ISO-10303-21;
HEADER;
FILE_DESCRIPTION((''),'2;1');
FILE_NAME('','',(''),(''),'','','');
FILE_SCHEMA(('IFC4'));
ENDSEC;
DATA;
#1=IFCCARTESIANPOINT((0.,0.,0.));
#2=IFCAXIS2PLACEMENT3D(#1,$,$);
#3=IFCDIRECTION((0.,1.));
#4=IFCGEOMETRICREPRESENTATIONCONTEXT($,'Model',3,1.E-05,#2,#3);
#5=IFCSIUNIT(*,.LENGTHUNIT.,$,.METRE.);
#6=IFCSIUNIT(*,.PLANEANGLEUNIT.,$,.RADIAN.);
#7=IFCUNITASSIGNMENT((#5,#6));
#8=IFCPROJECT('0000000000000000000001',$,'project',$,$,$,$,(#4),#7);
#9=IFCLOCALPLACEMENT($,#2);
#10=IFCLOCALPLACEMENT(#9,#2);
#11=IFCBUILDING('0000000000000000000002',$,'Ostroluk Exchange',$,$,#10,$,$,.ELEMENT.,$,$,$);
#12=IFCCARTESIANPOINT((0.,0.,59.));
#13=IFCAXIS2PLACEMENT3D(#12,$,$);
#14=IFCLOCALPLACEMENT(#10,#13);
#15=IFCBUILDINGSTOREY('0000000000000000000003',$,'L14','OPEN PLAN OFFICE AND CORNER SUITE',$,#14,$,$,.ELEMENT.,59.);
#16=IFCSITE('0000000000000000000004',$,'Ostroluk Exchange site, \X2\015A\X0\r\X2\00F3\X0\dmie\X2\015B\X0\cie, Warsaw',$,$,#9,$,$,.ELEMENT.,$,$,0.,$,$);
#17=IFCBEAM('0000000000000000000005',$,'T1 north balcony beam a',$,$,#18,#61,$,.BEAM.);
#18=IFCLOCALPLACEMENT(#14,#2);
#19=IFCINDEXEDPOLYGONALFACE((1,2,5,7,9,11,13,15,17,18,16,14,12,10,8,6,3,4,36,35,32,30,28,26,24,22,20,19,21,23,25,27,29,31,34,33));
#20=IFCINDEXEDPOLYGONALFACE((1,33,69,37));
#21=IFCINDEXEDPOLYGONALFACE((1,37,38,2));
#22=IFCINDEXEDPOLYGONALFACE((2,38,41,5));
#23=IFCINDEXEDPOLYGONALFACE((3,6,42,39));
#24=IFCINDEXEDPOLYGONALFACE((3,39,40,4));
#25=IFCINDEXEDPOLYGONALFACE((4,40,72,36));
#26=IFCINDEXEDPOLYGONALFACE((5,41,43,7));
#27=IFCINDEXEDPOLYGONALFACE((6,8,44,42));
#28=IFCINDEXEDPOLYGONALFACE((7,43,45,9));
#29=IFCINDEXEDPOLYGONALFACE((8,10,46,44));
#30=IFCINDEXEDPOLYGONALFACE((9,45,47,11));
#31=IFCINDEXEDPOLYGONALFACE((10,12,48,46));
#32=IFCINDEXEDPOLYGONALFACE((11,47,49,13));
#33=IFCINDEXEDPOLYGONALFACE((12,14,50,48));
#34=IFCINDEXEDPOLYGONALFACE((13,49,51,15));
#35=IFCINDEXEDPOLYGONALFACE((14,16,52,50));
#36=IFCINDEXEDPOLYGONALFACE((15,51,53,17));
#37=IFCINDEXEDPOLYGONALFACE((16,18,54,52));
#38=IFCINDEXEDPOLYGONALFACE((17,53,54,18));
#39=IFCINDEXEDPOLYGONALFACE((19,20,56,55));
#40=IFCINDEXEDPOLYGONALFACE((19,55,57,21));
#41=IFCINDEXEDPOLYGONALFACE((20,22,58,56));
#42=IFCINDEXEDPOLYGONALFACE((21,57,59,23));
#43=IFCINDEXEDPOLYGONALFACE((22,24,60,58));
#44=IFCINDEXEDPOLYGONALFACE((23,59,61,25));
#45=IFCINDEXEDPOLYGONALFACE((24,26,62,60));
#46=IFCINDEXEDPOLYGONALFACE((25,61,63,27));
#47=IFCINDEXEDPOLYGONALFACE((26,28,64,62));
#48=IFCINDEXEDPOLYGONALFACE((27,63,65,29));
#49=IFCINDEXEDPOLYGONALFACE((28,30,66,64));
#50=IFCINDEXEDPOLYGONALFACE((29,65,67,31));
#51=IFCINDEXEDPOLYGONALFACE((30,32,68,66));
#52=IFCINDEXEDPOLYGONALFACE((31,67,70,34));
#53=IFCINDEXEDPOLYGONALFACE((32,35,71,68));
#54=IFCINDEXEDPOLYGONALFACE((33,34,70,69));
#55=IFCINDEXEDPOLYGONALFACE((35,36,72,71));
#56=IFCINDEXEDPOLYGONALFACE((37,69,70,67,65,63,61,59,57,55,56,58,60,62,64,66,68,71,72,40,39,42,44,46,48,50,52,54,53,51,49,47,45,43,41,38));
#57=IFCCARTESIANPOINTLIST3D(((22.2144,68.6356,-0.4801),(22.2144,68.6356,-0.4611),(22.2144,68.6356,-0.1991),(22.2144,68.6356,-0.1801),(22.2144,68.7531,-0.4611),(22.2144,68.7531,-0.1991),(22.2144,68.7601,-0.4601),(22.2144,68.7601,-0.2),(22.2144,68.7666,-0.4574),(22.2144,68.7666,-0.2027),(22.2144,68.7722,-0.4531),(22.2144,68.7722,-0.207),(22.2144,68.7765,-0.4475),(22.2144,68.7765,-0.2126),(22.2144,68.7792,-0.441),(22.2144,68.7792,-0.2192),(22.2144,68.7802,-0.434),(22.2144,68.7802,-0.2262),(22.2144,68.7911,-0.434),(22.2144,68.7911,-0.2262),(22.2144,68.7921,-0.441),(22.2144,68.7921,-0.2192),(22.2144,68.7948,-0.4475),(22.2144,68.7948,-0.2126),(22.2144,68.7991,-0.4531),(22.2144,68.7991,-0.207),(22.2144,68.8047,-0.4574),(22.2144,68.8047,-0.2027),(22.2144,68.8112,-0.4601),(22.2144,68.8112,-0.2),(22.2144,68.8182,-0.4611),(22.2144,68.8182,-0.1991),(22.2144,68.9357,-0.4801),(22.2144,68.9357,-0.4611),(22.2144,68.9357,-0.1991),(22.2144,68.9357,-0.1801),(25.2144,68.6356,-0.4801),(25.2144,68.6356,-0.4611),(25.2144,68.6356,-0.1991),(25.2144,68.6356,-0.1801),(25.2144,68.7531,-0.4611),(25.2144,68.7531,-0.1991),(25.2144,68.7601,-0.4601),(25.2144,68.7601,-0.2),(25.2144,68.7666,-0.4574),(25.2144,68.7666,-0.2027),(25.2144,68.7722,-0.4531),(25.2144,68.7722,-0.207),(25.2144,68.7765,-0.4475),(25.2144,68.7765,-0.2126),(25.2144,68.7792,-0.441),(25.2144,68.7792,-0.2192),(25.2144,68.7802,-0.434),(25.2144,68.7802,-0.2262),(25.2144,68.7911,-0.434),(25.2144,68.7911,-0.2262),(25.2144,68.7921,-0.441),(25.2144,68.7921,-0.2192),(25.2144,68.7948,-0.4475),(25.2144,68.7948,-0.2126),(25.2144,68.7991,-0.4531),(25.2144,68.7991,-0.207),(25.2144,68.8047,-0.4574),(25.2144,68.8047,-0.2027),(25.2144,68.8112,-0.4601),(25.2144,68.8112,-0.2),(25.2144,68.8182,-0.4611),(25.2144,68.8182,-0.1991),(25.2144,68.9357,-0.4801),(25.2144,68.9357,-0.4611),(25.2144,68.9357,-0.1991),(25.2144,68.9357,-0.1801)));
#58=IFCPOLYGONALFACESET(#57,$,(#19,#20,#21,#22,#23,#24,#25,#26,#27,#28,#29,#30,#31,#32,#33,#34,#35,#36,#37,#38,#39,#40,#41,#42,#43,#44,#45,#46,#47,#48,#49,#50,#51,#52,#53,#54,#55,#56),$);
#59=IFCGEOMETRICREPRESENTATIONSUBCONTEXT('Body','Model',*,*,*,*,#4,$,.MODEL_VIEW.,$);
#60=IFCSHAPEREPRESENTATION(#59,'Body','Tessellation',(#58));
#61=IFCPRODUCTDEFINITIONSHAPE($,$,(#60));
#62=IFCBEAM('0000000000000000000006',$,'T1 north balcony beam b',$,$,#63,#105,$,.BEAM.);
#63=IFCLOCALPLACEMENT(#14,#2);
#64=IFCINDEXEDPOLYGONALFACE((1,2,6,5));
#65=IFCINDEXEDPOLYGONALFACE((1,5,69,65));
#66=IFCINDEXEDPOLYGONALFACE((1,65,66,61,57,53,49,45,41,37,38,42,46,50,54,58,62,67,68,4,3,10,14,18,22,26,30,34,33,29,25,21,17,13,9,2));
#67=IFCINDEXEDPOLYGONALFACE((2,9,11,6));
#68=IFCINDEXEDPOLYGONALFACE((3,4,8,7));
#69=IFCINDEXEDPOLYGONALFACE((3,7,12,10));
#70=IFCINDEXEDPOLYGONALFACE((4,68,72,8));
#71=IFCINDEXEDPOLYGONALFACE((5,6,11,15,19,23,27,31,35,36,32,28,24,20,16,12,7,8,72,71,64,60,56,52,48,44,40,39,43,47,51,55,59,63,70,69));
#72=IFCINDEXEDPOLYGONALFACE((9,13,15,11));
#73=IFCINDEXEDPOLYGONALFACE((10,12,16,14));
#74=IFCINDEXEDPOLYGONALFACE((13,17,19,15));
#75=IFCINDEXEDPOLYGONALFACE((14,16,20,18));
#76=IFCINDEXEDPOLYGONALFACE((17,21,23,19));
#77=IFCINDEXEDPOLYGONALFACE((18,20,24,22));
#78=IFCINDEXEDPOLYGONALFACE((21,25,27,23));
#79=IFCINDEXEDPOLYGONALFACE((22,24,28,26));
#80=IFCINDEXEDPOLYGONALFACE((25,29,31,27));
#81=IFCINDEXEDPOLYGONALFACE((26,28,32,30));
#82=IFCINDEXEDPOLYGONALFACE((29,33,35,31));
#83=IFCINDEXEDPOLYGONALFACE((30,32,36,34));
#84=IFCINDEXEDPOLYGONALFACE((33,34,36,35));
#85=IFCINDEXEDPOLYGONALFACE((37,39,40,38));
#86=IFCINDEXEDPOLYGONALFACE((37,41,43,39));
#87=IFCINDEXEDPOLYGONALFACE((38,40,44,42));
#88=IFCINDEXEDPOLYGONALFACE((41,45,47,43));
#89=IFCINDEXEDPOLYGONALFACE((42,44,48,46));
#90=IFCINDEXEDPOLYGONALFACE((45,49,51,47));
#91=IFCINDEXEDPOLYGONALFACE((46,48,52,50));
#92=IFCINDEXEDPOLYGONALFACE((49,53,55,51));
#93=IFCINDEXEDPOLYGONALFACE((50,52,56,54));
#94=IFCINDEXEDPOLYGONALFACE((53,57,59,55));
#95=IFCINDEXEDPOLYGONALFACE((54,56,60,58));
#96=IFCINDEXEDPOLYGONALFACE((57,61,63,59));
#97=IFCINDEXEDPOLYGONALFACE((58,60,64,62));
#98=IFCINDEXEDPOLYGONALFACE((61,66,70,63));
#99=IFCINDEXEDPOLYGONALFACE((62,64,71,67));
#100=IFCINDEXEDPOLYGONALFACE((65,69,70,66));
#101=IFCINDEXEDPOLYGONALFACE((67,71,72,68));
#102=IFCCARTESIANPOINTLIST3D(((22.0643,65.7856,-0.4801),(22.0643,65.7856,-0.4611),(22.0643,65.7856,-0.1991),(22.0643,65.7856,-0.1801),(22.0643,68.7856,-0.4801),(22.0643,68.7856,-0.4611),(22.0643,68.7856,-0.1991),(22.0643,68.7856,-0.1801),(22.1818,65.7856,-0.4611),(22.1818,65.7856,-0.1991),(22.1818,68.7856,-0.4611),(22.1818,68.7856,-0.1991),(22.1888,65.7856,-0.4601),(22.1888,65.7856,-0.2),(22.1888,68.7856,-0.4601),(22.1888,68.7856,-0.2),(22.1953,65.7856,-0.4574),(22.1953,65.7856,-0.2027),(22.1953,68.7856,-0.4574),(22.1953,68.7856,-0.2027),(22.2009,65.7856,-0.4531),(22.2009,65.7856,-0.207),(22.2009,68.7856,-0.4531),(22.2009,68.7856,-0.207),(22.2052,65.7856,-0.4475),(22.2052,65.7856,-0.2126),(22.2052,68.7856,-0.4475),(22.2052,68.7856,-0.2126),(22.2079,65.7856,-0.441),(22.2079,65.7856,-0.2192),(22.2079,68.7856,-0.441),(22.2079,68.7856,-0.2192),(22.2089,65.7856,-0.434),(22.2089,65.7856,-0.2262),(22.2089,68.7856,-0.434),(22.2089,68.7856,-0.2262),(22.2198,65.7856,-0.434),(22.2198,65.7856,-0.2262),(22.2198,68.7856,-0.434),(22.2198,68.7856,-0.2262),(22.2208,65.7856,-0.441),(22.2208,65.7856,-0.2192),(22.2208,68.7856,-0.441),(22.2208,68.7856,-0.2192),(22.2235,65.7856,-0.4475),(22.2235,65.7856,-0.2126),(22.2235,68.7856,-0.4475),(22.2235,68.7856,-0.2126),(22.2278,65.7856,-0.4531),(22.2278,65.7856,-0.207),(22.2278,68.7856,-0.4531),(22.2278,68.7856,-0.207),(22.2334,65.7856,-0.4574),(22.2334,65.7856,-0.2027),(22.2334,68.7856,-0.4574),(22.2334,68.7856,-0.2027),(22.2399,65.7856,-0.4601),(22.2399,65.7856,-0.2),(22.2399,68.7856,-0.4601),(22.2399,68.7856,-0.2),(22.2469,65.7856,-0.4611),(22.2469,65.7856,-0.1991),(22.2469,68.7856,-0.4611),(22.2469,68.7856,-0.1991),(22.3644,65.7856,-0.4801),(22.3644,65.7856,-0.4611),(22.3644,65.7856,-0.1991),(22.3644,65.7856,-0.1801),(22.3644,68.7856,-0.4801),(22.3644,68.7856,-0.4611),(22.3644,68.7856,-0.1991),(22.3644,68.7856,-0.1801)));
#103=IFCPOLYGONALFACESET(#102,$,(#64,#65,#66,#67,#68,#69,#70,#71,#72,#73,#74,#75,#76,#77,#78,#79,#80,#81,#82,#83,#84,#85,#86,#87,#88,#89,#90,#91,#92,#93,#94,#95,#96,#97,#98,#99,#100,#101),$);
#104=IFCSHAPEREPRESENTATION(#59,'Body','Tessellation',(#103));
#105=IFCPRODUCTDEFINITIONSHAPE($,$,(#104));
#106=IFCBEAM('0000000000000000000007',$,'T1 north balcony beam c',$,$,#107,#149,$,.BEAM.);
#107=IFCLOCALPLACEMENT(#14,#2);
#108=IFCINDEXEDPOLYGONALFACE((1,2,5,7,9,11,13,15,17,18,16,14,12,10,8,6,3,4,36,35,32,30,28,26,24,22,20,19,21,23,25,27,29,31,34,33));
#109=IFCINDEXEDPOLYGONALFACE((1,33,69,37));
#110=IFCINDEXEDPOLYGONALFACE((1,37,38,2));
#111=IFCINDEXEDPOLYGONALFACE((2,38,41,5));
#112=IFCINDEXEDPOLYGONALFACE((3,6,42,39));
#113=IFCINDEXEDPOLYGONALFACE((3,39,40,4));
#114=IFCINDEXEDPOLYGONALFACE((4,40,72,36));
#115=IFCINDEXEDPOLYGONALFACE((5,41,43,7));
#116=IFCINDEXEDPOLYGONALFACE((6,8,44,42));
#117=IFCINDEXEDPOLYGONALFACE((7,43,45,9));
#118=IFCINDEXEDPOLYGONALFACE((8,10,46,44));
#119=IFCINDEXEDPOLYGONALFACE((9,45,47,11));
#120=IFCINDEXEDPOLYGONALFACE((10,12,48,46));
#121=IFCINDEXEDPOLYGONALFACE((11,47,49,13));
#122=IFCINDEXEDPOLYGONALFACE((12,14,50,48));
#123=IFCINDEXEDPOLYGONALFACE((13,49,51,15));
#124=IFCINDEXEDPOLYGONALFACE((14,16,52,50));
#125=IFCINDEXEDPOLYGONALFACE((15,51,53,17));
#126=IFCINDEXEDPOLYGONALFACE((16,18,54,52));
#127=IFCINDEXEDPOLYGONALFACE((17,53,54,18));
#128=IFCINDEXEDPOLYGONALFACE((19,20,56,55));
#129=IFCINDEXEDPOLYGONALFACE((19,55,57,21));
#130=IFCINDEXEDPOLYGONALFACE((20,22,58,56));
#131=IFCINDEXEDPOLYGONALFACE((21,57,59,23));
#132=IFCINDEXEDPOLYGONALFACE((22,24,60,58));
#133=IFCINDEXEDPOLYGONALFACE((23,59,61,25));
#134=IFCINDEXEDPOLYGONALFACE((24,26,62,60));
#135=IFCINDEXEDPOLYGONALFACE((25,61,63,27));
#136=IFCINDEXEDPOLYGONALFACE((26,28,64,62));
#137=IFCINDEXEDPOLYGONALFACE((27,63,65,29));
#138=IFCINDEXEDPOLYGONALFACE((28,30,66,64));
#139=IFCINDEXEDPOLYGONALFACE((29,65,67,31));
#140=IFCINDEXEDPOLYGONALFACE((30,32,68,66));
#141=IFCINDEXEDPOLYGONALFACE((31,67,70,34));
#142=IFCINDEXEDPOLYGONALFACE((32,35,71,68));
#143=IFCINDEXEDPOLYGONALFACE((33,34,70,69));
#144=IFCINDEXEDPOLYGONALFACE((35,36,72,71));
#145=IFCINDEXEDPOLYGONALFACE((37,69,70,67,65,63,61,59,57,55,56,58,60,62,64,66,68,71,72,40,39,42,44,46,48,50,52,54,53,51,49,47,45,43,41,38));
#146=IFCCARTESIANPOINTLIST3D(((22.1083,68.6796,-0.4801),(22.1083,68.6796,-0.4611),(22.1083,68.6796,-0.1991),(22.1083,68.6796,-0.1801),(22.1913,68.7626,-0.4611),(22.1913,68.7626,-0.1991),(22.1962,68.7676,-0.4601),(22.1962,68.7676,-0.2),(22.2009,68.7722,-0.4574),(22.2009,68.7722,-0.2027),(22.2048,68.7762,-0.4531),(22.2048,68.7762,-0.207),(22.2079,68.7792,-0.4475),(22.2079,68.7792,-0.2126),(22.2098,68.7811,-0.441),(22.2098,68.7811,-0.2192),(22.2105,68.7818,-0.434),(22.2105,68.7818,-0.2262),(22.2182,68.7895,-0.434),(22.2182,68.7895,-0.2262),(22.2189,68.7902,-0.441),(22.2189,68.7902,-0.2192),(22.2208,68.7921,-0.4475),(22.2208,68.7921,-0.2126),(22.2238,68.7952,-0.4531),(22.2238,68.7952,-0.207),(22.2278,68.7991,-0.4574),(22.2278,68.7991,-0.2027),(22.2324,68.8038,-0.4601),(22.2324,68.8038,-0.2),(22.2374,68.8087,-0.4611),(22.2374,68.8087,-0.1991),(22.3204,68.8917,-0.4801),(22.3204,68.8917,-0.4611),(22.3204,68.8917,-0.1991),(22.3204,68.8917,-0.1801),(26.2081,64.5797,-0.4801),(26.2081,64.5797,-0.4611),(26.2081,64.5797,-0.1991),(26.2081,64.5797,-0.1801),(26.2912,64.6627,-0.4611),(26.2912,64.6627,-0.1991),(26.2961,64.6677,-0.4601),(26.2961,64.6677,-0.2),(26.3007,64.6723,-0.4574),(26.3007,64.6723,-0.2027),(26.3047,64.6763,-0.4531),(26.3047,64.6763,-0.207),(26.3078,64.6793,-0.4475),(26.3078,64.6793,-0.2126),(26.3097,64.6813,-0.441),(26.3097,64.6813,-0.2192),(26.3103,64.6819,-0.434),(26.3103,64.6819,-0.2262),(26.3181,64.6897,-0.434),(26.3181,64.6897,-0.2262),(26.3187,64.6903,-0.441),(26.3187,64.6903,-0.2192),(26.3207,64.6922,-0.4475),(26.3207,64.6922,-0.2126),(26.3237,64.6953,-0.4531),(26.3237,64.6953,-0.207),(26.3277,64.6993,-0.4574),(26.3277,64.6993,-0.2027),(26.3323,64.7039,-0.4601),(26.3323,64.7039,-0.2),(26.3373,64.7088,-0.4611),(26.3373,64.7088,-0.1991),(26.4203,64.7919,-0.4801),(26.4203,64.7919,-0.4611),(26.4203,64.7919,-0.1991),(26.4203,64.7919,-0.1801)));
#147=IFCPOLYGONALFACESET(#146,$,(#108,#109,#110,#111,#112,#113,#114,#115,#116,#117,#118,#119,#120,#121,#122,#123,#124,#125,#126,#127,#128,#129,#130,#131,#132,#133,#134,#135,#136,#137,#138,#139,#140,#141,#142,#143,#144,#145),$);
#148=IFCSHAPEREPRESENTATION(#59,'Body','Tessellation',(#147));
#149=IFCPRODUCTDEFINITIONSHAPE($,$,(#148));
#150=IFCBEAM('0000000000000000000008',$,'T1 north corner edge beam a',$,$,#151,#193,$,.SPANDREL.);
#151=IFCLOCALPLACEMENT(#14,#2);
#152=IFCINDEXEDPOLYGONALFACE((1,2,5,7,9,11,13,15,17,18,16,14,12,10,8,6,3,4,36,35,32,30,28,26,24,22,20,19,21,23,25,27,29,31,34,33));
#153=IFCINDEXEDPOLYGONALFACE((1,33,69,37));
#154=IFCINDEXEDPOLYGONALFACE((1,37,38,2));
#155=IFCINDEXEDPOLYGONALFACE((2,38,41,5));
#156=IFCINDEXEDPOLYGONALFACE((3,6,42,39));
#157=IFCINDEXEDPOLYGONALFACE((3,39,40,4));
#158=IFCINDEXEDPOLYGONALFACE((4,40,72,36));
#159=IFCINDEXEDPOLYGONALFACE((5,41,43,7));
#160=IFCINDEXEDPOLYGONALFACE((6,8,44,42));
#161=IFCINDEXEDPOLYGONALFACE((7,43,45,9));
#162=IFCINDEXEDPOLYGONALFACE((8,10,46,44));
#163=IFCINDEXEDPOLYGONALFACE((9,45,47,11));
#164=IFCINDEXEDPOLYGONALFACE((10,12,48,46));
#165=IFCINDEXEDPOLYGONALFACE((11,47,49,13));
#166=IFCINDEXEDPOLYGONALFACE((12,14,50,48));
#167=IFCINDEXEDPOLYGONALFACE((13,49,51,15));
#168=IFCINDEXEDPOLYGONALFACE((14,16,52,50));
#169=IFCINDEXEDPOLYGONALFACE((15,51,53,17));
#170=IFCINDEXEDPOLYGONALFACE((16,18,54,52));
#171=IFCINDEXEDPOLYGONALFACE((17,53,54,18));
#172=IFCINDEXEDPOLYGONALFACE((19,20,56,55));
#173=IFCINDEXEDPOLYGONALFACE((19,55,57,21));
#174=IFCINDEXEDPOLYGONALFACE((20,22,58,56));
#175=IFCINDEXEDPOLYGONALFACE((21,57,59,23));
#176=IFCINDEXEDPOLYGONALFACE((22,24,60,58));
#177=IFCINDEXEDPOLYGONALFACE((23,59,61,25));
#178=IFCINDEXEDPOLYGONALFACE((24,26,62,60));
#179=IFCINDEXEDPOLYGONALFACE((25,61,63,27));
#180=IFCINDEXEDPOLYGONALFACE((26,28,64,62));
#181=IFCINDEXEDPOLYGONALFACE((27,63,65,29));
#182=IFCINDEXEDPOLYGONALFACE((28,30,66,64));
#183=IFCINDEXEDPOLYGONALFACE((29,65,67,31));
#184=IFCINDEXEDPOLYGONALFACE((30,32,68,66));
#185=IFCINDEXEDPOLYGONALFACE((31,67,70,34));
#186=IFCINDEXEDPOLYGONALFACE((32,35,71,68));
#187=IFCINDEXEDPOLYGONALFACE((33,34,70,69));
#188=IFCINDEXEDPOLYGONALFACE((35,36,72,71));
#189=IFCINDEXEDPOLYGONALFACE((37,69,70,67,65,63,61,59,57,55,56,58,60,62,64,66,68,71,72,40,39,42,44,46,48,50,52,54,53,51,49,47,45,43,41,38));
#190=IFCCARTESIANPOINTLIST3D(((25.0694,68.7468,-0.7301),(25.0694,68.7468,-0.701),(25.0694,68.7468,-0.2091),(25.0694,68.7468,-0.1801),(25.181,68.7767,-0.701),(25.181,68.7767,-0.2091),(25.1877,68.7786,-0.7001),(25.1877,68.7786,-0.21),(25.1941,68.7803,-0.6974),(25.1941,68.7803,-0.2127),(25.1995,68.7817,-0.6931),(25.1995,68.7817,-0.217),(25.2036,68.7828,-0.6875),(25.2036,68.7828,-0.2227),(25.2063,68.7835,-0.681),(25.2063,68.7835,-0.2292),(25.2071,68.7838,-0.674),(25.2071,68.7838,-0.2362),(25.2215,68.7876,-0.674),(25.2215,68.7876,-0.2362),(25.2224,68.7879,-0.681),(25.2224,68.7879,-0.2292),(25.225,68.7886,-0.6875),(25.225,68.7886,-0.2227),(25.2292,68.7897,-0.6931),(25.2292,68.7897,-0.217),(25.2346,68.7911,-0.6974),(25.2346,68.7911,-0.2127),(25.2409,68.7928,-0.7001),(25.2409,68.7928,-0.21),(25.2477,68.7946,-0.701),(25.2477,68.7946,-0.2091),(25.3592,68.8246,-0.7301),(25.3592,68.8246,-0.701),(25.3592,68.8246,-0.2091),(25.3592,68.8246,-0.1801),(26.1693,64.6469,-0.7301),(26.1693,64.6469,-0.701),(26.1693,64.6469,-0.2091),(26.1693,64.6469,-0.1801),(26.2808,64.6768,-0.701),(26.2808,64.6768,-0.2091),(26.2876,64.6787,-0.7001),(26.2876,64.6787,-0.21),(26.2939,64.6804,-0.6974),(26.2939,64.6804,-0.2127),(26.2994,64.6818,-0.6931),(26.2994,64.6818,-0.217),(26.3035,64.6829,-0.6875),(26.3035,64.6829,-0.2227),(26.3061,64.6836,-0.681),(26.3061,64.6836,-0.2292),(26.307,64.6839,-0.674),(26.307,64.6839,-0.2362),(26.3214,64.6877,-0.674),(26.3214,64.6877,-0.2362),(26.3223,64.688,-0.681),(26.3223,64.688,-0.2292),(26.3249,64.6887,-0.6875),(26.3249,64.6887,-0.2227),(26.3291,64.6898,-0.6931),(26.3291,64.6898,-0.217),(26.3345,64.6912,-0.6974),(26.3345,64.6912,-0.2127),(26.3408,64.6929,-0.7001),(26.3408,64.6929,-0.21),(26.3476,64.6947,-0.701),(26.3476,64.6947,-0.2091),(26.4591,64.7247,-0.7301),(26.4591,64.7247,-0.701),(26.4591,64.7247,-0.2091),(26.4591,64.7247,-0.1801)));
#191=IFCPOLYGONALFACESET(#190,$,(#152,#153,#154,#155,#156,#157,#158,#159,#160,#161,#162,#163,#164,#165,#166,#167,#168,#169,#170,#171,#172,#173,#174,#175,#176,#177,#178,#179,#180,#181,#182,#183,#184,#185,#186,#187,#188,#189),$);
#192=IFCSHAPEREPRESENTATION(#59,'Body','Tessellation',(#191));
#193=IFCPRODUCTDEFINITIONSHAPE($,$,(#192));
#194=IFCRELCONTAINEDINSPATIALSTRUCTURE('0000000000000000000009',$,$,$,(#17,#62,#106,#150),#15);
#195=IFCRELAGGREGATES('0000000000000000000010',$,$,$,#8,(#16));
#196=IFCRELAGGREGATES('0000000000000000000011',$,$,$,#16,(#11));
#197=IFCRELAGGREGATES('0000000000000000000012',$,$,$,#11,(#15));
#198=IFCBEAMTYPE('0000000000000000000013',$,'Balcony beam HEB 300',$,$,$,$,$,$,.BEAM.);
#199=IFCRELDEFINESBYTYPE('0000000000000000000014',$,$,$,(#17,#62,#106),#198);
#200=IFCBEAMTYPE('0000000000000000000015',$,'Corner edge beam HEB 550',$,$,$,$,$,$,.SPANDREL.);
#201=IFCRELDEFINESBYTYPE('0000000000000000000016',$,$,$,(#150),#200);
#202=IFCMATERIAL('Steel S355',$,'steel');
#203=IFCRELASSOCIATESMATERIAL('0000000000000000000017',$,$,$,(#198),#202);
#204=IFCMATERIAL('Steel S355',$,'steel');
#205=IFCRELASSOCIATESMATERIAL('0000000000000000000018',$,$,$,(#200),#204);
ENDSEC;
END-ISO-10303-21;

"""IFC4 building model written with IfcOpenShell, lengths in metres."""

from ifc_helpers import new_model, si_unit, direction, frame, origin, origin_2d, place, context, subcontext, project, spatial, i_section, extrude, material, material_profile, profile_set, type_object, element, save


model = new_model("IFC4")

# Units and contexts
model_context = context("Model", 3, precision=1e-05, world=origin(), true_north=direction((0.0, 1.0)))
body_context = subcontext(model_context, "Body", "Model", "MODEL_VIEW")
ifc_project = project(units=[si_unit("LENGTHUNIT", "METRE"), si_unit("PLANEANGLEUNIT", "RADIAN")], contexts=[model_context])

# Site, building, storey
site_placement = place(None, origin())
site = spatial("IfcSite", under=ifc_project, at=site_placement, Name="Ostroluk Exchange site, Śródmieście, Warsaw", CompositionType="ELEMENT", RefElevation=0.0)
building_placement = place(site_placement, origin())
building = spatial("IfcBuilding", under=site, at=building_placement, Name="Ostroluk Exchange", CompositionType="ELEMENT")
storey_placement = place(building_placement, frame((0.0, 0.0, 59.0)))
storey = spatial("IfcBuildingStorey", under=building, at=storey_placement, Name="L14", Description="OPEN PLAN OFFICE AND CORNER SUITE", CompositionType="ELEMENT", Elevation=59.0)

# Beams
ifc_material_1 = material(Name="Steel S355", Category="steel")
ifc_material_profile_1 = material_profile(ifc_material_1, i_section(OverallWidth=0.3, OverallDepth=0.3, WebThickness=0.011, FlangeThickness=0.019, FilletRadius=0.0271, at=origin_2d()), Name="HEB 300")
ifc_profile_set_1 = profile_set([ifc_material_profile_1], Name="Steel S355")
beam_type_1 = type_object("IfcBeamType", Name="Balcony beam HEB 300", PredefinedType="BEAM", material=ifc_profile_set_1)
for number, where, z_axis, x_axis, name in (
    (1, (25.2144, 68.7856, -0.3301), (-1.0, 0.0, 0.0), (0.0, -1.0, 0.0), "T1 north balcony beam a"),
    (2, (22.2144, 65.7856, -0.3301), (0.0, 1.0, 0.0), (-1.0, 0.0, 0.0), "T1 north balcony beam b"),
):
    element("IfcBeam", number, at=place(storey_placement, frame(where, z_axis=z_axis, x_axis=x_axis)), inside=storey, type_object=beam_type_1, Name=name, PredefinedType="BEAM", context=body_context, shape_type="SweptSolid", body=[
        extrude(i_section(OverallWidth=0.3, OverallDepth=0.3, WebThickness=0.011, FlangeThickness=0.019, FilletRadius=0.0271, at=origin_2d()), origin(), (0.0, 0.0, 1.0), 3.0),
    ])
beam_1_placement = place(storey_placement, frame((26.3142, 64.6858, -0.3301), z_axis=(-0.707107, 0.707107, 0.0), x_axis=(-0.707107, -0.707107, 0.0)))
element("IfcBeam", 3, at=beam_1_placement, inside=storey, type_object=beam_type_1, Name="T1 north balcony beam c", PredefinedType="BEAM", context=body_context, shape_type="SweptSolid", body=[
    extrude(i_section(OverallWidth=0.3, OverallDepth=0.3, WebThickness=0.011, FlangeThickness=0.019, FilletRadius=0.0271, at=origin_2d()), origin(), (0.0, 0.0, 1.0), 5.7981),
])
ifc_material_2 = material(Name="Steel S355", Category="steel")
ifc_material_profile_2 = material_profile(ifc_material_2, i_section(OverallWidth=0.3, OverallDepth=0.55, WebThickness=0.0149, FlangeThickness=0.0291, FilletRadius=0.0271, at=origin_2d()), Name="HEB 550")
ifc_profile_set_2 = profile_set([ifc_material_profile_2], Name="Steel S355")
beam_type_2 = type_object("IfcBeamType", Name="Corner edge beam HEB 550", PredefinedType="SPANDREL", material=ifc_profile_set_2)
for number, where, z_axis, x_axis, name in (
    (4, (26.3142, 64.6858, -0.4551), (-0.259105, 0.965849, 0.0), (-0.965849, -0.259105, 0.0), "T1 north corner edge beam a"),
):
    element("IfcBeam", number, at=place(storey_placement, frame(where, z_axis=z_axis, x_axis=x_axis)), inside=storey, type_object=beam_type_2, Name=name, PredefinedType="SPANDREL", context=body_context, shape_type="SweptSolid", body=[
        extrude(i_section(OverallWidth=0.3, OverallDepth=0.55, WebThickness=0.0149, FlangeThickness=0.0291, FilletRadius=0.0271, at=origin_2d()), origin(), (0.0, 0.0, 1.0), 4.2449),
    ])

save(model, "model.ifc")
